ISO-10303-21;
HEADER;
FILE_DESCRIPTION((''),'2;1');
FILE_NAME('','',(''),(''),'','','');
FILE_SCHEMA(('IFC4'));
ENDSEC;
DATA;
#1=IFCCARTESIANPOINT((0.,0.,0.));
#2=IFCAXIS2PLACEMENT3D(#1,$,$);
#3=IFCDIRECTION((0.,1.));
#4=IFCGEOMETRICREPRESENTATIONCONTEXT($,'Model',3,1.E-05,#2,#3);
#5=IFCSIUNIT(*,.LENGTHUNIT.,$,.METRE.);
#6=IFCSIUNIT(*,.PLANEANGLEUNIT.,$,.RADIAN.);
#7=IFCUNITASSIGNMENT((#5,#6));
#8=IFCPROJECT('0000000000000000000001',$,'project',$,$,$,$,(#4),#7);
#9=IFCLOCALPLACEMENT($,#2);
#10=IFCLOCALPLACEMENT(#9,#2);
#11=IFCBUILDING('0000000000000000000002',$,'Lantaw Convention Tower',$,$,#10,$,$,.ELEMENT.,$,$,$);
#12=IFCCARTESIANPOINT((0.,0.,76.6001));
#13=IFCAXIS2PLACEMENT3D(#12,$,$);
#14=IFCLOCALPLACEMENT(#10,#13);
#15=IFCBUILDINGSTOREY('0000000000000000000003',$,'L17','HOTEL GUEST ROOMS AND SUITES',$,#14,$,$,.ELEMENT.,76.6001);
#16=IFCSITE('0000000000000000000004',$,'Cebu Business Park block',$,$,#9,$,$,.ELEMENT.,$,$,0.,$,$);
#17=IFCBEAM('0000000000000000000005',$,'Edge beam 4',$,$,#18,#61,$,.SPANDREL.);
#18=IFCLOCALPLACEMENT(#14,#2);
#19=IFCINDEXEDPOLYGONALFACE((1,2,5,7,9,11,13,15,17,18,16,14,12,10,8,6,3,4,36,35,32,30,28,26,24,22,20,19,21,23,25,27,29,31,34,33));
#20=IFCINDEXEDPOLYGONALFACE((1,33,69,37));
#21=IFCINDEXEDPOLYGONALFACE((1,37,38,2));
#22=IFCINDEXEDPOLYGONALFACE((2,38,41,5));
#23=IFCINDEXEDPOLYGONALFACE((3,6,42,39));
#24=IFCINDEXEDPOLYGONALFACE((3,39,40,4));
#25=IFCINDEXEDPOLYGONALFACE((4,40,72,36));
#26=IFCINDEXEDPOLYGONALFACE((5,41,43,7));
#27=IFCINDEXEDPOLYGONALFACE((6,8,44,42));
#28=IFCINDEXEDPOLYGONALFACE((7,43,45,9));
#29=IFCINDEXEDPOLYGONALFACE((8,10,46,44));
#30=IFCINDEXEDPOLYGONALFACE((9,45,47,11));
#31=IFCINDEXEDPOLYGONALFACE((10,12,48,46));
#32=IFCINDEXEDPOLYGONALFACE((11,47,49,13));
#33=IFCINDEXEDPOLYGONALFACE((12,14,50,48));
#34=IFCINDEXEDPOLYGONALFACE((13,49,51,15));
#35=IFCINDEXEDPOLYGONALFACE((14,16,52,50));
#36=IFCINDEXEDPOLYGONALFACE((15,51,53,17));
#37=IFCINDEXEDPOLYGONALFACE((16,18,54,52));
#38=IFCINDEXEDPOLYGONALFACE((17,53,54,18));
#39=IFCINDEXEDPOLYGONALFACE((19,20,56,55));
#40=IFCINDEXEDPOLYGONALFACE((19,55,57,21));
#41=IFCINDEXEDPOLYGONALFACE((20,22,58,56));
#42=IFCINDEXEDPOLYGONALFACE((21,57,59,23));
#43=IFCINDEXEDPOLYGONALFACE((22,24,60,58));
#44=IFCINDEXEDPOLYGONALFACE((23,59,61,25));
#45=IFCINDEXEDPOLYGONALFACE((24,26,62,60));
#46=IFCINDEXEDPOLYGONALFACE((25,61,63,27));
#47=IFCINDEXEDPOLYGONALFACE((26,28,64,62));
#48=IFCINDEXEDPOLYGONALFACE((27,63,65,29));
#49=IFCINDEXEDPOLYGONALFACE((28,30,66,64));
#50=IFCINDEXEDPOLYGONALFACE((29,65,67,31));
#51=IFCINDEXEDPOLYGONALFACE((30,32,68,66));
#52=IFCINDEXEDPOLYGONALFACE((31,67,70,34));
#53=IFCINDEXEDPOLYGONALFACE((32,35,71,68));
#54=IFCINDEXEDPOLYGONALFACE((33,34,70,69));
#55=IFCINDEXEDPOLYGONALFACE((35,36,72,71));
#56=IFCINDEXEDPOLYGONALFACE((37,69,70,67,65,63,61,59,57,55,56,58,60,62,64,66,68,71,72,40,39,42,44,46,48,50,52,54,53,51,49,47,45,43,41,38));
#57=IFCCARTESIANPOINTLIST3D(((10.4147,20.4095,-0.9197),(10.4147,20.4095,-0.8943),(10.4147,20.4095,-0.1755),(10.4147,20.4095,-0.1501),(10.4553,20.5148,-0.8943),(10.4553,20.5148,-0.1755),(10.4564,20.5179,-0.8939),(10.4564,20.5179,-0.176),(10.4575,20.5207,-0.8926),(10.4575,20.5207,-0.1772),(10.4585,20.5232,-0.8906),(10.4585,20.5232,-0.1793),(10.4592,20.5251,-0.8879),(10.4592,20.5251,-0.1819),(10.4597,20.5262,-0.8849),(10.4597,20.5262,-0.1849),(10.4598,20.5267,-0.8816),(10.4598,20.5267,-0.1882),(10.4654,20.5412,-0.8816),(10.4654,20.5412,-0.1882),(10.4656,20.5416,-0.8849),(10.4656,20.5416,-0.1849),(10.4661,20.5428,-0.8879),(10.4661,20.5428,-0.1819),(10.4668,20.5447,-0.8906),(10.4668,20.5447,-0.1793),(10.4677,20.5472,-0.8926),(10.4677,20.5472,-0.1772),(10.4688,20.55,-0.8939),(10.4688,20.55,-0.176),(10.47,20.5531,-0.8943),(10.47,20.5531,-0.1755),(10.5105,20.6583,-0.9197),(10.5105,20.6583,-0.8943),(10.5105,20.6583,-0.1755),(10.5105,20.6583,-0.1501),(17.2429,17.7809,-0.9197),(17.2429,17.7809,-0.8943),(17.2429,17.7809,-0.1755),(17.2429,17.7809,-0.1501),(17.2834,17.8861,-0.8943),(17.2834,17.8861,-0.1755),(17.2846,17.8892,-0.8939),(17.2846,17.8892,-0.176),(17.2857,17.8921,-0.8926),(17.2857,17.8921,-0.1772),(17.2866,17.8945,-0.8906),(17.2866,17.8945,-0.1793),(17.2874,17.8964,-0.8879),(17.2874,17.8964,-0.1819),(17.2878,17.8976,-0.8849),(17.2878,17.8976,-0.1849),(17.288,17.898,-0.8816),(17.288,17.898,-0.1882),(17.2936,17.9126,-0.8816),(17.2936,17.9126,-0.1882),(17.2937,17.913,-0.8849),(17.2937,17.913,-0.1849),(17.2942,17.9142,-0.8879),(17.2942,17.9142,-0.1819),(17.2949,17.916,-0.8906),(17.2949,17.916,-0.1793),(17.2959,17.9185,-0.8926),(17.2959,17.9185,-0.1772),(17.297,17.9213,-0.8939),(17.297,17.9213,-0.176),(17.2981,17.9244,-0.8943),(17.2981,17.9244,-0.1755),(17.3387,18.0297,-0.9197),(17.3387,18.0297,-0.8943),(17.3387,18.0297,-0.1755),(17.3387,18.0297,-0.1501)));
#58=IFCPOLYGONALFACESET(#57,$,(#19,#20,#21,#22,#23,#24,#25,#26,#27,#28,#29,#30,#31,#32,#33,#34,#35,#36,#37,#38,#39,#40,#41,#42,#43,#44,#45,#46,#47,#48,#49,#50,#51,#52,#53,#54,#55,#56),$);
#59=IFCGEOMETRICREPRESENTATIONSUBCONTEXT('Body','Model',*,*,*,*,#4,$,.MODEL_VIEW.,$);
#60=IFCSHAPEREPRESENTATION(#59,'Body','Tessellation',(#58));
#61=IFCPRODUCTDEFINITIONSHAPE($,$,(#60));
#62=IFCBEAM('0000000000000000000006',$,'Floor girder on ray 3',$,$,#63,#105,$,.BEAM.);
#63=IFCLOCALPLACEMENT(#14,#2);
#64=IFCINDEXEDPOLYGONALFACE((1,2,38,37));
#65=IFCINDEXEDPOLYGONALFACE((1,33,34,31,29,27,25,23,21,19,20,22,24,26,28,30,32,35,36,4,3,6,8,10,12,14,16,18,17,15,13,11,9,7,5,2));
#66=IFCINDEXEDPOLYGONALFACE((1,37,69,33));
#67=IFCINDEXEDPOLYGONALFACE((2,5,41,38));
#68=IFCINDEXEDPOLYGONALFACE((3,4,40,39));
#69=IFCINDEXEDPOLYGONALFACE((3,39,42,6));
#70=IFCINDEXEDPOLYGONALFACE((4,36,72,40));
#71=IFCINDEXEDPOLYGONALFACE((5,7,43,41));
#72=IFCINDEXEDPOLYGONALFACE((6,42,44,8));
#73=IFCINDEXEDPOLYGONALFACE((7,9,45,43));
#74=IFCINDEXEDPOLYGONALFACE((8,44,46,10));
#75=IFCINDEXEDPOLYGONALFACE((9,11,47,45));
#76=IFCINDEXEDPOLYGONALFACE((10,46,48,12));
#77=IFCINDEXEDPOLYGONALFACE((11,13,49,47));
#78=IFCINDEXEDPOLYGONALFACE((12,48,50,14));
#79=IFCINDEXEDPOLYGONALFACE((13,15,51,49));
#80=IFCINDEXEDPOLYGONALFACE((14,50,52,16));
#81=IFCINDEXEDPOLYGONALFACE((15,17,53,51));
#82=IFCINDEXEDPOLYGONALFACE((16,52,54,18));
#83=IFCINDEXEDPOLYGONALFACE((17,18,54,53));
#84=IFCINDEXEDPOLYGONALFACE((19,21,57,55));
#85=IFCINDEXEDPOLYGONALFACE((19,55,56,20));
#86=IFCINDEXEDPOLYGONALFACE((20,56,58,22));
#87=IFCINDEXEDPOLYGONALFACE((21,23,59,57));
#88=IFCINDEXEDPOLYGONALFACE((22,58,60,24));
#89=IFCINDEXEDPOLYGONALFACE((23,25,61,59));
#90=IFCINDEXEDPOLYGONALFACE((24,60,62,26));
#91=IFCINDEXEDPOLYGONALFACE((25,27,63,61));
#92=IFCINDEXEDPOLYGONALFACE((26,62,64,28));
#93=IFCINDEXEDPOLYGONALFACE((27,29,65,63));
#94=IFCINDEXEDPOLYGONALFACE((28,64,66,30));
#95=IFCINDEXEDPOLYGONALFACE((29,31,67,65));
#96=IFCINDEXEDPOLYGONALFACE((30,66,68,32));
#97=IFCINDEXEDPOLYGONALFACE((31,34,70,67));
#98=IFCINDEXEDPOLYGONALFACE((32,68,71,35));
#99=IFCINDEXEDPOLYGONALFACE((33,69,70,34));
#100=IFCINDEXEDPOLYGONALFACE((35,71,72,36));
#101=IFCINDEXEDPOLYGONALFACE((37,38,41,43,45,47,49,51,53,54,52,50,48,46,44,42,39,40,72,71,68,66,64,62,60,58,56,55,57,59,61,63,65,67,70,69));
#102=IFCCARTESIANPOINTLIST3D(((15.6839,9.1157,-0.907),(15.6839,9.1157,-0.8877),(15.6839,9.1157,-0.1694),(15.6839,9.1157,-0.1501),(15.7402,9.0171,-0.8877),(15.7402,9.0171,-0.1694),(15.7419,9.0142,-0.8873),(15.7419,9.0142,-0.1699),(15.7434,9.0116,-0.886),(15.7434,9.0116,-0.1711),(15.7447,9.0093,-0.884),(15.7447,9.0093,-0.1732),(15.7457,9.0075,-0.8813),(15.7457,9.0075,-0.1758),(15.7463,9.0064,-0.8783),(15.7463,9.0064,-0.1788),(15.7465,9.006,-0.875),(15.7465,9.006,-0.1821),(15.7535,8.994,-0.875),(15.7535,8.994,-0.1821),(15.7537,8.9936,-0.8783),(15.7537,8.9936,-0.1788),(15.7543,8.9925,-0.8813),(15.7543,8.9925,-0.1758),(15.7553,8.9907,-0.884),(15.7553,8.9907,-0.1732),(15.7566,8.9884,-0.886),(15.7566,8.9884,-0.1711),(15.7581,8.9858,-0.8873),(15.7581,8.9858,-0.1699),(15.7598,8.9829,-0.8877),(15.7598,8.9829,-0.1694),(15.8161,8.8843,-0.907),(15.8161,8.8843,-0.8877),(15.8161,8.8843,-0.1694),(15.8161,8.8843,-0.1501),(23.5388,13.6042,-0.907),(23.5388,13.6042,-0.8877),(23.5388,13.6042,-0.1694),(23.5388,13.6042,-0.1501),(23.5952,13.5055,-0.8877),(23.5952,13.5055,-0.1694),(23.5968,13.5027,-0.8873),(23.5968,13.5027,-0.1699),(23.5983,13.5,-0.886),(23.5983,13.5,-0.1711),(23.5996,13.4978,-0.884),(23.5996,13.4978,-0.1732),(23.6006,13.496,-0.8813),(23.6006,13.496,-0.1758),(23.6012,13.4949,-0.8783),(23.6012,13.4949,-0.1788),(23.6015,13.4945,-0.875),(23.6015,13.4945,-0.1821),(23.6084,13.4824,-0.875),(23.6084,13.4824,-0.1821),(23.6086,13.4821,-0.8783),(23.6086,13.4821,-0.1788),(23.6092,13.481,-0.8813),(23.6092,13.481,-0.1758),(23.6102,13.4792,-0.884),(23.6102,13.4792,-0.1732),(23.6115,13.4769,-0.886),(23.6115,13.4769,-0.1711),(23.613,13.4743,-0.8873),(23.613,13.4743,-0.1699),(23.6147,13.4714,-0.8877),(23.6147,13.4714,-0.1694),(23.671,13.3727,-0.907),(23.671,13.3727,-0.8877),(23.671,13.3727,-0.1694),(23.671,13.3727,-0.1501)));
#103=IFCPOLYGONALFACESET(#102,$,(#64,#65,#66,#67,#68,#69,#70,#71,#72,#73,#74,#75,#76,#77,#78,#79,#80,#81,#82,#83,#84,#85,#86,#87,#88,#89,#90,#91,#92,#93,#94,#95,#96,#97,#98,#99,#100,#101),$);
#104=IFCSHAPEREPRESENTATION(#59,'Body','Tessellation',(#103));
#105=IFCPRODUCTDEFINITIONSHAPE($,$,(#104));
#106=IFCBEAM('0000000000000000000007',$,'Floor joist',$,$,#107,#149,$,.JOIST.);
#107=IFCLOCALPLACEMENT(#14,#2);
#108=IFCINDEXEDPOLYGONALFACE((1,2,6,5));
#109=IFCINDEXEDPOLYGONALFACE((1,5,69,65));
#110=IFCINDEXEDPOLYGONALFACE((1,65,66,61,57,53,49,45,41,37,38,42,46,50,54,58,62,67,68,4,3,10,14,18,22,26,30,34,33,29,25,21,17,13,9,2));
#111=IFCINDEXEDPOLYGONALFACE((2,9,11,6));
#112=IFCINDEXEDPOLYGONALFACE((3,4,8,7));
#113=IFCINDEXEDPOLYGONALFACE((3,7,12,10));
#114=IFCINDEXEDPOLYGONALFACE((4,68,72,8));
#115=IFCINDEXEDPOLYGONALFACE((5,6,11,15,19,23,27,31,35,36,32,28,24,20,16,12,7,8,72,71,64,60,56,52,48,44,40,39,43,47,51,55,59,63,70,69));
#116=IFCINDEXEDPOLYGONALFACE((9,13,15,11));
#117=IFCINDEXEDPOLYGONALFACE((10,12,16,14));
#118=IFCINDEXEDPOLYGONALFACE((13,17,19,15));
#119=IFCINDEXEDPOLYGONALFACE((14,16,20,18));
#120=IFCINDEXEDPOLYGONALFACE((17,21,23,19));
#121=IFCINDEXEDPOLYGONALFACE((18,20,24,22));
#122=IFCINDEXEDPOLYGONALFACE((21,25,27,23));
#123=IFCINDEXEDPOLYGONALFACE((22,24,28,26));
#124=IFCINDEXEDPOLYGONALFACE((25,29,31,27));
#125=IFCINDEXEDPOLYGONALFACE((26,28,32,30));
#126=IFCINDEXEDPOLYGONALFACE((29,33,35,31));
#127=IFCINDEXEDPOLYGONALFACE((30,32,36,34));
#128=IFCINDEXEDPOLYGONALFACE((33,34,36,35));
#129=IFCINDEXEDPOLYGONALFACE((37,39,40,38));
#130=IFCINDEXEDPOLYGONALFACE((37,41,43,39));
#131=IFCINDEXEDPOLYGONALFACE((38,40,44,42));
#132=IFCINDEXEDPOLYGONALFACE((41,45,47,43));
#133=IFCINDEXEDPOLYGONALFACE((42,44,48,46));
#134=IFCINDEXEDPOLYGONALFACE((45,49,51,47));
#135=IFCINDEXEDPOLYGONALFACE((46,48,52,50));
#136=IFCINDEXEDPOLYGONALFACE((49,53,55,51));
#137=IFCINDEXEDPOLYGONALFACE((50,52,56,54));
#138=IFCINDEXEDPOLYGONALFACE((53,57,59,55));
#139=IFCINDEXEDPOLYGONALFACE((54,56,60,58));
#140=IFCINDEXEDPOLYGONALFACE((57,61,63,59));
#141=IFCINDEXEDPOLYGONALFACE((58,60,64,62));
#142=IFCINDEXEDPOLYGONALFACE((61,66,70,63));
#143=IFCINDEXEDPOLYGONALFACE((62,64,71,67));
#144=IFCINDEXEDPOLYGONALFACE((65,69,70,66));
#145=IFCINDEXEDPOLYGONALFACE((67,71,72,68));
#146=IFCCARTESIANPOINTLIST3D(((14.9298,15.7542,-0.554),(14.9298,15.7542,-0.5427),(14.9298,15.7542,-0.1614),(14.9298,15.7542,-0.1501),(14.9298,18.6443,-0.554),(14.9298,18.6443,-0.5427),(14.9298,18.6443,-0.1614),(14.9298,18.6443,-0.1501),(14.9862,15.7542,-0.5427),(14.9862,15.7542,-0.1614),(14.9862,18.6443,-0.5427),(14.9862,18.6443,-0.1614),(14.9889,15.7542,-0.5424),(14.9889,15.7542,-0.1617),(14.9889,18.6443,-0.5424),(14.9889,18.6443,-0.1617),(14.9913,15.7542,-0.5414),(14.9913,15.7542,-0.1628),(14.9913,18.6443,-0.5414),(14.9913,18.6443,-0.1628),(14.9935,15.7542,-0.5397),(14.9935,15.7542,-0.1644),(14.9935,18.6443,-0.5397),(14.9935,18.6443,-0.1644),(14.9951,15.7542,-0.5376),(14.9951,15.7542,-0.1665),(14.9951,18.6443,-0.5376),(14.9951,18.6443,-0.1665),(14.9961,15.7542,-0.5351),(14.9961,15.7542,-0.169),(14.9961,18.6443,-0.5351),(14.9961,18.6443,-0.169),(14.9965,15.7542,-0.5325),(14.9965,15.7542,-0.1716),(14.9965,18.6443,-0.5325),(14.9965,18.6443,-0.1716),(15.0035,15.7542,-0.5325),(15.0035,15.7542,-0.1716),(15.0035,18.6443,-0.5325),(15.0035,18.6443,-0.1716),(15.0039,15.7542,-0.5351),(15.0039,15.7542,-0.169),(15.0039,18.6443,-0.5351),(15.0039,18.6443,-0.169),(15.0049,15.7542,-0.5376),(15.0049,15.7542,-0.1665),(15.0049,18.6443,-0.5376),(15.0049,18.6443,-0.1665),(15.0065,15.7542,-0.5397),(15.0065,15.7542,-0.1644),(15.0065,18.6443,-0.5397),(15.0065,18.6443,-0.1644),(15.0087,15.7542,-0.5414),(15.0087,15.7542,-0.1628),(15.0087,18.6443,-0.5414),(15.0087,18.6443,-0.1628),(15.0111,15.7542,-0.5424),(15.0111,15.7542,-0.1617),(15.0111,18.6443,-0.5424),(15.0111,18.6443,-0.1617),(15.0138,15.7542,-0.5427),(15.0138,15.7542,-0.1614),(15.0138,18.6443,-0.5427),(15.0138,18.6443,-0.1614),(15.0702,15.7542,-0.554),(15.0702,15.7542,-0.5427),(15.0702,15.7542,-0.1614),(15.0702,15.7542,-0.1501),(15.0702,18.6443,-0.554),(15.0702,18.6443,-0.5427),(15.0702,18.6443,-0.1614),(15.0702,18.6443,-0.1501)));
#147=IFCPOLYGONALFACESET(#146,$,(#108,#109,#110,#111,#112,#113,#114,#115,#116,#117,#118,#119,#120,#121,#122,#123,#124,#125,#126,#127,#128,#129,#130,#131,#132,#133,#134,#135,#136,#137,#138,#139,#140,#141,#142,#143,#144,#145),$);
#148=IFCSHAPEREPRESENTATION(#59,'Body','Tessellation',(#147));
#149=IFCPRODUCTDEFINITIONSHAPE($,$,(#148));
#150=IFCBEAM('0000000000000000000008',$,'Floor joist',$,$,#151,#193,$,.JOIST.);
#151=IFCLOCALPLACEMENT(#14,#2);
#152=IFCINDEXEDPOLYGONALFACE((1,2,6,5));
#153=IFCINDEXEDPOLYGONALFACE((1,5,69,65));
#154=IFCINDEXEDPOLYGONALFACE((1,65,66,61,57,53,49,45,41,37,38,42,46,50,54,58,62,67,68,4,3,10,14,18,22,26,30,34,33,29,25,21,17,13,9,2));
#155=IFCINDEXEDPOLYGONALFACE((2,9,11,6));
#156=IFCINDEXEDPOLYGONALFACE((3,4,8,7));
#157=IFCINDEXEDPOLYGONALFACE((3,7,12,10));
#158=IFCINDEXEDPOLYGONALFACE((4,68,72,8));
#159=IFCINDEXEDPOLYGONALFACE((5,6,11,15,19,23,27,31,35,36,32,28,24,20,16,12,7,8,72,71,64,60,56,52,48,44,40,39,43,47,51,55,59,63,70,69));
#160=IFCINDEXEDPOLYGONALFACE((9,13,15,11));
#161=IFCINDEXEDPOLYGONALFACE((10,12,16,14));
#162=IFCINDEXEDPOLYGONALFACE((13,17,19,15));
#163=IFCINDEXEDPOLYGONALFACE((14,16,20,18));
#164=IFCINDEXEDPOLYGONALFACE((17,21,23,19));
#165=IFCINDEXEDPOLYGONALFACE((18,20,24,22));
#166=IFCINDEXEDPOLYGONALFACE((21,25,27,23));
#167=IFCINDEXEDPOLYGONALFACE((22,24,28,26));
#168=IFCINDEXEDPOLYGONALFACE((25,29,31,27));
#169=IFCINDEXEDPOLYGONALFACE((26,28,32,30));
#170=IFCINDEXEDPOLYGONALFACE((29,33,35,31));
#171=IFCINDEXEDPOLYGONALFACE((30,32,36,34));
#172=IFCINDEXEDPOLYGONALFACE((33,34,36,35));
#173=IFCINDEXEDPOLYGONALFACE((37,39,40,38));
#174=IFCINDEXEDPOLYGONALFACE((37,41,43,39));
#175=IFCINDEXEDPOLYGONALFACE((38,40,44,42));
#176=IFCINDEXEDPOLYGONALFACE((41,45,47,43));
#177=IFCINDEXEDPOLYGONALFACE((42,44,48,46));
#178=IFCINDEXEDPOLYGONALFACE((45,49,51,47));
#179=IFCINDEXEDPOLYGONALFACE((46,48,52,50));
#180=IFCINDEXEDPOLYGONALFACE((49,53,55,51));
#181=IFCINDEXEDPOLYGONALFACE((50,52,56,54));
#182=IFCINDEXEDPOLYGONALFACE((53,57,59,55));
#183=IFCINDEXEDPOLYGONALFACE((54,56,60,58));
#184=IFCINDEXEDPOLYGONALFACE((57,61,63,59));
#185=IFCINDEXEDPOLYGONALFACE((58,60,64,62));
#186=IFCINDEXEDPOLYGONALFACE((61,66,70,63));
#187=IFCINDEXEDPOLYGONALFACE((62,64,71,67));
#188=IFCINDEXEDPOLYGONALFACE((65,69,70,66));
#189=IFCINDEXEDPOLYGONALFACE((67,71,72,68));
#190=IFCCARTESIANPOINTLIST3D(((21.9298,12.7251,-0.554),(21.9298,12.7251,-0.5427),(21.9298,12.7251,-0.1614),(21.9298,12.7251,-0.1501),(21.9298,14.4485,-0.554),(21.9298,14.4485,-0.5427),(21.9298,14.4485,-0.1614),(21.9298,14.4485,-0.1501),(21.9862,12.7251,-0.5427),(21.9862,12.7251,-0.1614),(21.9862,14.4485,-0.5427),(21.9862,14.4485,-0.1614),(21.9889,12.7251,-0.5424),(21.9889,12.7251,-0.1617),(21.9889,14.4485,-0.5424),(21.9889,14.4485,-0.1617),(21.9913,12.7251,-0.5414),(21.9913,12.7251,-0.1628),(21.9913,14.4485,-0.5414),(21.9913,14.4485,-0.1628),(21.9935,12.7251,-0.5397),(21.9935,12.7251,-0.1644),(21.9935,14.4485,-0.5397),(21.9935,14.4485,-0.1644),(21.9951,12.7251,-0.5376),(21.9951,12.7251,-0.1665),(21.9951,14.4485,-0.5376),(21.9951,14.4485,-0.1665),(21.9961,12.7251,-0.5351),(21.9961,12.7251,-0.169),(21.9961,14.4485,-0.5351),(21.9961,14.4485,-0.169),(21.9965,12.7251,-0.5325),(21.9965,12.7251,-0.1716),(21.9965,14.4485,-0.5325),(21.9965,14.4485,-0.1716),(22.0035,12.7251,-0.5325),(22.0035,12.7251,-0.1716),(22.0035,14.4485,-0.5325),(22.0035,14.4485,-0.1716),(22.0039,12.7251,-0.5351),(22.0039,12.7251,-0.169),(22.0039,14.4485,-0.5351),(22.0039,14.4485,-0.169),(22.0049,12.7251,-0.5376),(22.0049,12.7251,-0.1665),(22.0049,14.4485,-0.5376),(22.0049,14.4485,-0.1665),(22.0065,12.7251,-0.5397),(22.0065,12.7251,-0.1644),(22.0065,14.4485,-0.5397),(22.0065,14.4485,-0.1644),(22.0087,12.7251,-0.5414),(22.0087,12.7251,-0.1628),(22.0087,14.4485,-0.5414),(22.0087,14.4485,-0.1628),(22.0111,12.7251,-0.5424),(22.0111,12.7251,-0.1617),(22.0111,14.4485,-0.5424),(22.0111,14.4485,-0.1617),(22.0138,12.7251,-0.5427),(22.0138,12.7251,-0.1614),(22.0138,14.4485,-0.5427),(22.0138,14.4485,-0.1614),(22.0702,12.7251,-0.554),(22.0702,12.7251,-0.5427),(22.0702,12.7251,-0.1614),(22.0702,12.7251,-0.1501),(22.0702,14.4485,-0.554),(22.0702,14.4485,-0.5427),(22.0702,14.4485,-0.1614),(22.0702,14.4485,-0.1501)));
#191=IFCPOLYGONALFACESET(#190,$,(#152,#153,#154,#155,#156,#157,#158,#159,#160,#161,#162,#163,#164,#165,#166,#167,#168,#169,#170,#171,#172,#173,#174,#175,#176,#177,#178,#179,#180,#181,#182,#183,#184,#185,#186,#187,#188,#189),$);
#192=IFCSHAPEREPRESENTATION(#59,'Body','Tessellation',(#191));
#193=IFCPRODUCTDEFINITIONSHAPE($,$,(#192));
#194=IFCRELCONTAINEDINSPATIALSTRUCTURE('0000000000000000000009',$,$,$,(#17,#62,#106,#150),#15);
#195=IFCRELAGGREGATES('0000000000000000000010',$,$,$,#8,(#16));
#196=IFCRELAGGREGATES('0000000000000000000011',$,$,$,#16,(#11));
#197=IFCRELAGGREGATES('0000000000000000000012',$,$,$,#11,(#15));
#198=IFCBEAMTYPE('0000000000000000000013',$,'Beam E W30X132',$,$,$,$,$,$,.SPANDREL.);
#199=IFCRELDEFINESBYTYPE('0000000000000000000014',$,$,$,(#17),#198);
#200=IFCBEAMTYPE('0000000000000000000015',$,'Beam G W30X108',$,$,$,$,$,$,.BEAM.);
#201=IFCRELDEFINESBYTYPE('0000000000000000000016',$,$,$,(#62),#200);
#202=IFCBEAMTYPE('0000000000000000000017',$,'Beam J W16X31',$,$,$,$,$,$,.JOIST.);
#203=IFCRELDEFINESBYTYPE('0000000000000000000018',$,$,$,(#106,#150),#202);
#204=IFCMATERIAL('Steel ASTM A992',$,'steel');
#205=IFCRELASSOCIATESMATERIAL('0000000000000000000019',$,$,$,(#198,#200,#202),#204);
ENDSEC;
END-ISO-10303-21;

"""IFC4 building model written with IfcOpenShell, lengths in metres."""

from ifc_helpers import new_model, si_unit, direction, frame, origin, origin_2d, place, context, subcontext, project, spatial, i_section, extrude, material, material_profile, profile_set, type_object, element, save


model = new_model("IFC4")

# Units and contexts
model_context = context("Model", 3, precision=1e-05, world=origin(), true_north=direction((0.0, 1.0)))
body_context = subcontext(model_context, "Body", "Model", "MODEL_VIEW")
ifc_project = project(units=[si_unit("LENGTHUNIT", "METRE"), si_unit("PLANEANGLEUNIT", "RADIAN")], contexts=[model_context])

# Site, building, storey
site_placement = place(None, origin())
site = spatial("IfcSite", under=ifc_project, at=site_placement, Name="Cebu Business Park block", CompositionType="ELEMENT", RefElevation=0.0)
building_placement = place(site_placement, origin())
building = spatial("IfcBuilding", under=site, at=building_placement, Name="Lantaw Convention Tower", CompositionType="ELEMENT")
storey_placement = place(building_placement, frame((0.0, 0.0, 76.6001)))
storey = spatial("IfcBuildingStorey", under=building, at=storey_placement, Name="L17", Description="HOTEL GUEST ROOMS AND SUITES", CompositionType="ELEMENT", Elevation=76.6001)

# Beams
ifc_material_1 = material(Name="Steel ASTM A992", Category="steel")
ifc_material_profile_1 = material_profile(ifc_material_1, i_section(OverallWidth=0.2666, OverallDepth=0.7695, WebThickness=0.0156, FlangeThickness=0.0254, FilletRadius=0.0127, at=origin_2d()), Name="W30X132")
ifc_profile_set_1 = profile_set([ifc_material_profile_1], Name="Steel ASTM A992")
beam_type_1 = type_object("IfcBeamType", Name="Beam E W30X132", PredefinedType="SPANDREL", material=ifc_profile_set_1)
beam_1_placement = place(storey_placement, frame((17.2908, 17.9053, -0.5349), z_axis=(-0.933233, 0.359272, 0.0), x_axis=(-0.359272, -0.933233, 0.0)))
element("IfcBeam", 1, at=beam_1_placement, inside=storey, type_object=beam_type_1, Name="Edge beam 4", PredefinedType="SPANDREL", context=body_context, shape_type="SweptSolid", body=[
    extrude(i_section(OverallWidth=0.2666, OverallDepth=0.7695, WebThickness=0.0156, FlangeThickness=0.0254, FilletRadius=0.0127, at=origin_2d()), origin(), (0.0, 0.0, 1.0), 7.3167),
])
ifc_material_profile_2 = material_profile(ifc_material_1, i_section(OverallWidth=0.2666, OverallDepth=0.7568, WebThickness=0.0139, FlangeThickness=0.0193, FilletRadius=0.0127, at=origin_2d()), Name="W30X108")
ifc_profile_set_2 = profile_set([ifc_material_profile_2], Name="Steel ASTM A992")
beam_type_2 = type_object("IfcBeamType", Name="Beam G W30X108", PredefinedType="BEAM", material=ifc_profile_set_2)
beam_2_placement = place(storey_placement, frame((15.75, 9.0, -0.5286), z_axis=(0.868245, 0.496136, 0.0), x_axis=(-0.496136, 0.868245, 0.0)))
element("IfcBeam", 2, at=beam_2_placement, inside=storey, type_object=beam_type_2, Name="Floor girder on ray 3", PredefinedType="BEAM", context=body_context, shape_type="SweptSolid", body=[
    extrude(i_section(OverallWidth=0.2666, OverallDepth=0.7568, WebThickness=0.0139, FlangeThickness=0.0193, FilletRadius=0.0127, at=origin_2d()), origin(), (0.0, 0.0, 1.0), 9.0469),
])
ifc_material_profile_3 = material_profile(ifc_material_1, i_section(OverallWidth=0.1404, OverallDepth=0.4038, WebThickness=0.0071, FlangeThickness=0.0112, FilletRadius=0.0103, at=origin_2d()), Name="W16X31")
ifc_profile_set_3 = profile_set([ifc_material_profile_3], Name="Steel ASTM A992")
beam_type_3 = type_object("IfcBeamType", Name="Beam J W16X31", PredefinedType="JOIST", material=ifc_profile_set_3)
beam_3_placement = place(storey_placement, frame((15.0, 15.7542, -0.3521), z_axis=(0.0, 1.0, 0.0), x_axis=(-1.0, 0.0, 0.0)))
element("IfcBeam", 3, at=beam_3_placement, inside=storey, type_object=beam_type_3, Name="Floor joist", PredefinedType="JOIST", context=body_context, shape_type="SweptSolid", body=[
    extrude(i_section(OverallWidth=0.1404, OverallDepth=0.4038, WebThickness=0.0071, FlangeThickness=0.0112, FilletRadius=0.0103, at=origin_2d()), origin(), (0.0, 0.0, 1.0), 2.8901),
])
beam_4_placement = place(storey_placement, frame((22.0, 12.7251, -0.3521), z_axis=(0.0, 1.0, 0.0), x_axis=(-1.0, 0.0, 0.0)))
element("IfcBeam", 4, at=beam_4_placement, inside=storey, type_object=beam_type_3, Name="Floor joist", PredefinedType="JOIST", context=body_context, shape_type="SweptSolid", body=[
    extrude(i_section(OverallWidth=0.1404, OverallDepth=0.4038, WebThickness=0.0071, FlangeThickness=0.0112, FilletRadius=0.0103, at=origin_2d()), origin(), (0.0, 0.0, 1.0), 1.7234),
])

save(model, "model.ifc")
